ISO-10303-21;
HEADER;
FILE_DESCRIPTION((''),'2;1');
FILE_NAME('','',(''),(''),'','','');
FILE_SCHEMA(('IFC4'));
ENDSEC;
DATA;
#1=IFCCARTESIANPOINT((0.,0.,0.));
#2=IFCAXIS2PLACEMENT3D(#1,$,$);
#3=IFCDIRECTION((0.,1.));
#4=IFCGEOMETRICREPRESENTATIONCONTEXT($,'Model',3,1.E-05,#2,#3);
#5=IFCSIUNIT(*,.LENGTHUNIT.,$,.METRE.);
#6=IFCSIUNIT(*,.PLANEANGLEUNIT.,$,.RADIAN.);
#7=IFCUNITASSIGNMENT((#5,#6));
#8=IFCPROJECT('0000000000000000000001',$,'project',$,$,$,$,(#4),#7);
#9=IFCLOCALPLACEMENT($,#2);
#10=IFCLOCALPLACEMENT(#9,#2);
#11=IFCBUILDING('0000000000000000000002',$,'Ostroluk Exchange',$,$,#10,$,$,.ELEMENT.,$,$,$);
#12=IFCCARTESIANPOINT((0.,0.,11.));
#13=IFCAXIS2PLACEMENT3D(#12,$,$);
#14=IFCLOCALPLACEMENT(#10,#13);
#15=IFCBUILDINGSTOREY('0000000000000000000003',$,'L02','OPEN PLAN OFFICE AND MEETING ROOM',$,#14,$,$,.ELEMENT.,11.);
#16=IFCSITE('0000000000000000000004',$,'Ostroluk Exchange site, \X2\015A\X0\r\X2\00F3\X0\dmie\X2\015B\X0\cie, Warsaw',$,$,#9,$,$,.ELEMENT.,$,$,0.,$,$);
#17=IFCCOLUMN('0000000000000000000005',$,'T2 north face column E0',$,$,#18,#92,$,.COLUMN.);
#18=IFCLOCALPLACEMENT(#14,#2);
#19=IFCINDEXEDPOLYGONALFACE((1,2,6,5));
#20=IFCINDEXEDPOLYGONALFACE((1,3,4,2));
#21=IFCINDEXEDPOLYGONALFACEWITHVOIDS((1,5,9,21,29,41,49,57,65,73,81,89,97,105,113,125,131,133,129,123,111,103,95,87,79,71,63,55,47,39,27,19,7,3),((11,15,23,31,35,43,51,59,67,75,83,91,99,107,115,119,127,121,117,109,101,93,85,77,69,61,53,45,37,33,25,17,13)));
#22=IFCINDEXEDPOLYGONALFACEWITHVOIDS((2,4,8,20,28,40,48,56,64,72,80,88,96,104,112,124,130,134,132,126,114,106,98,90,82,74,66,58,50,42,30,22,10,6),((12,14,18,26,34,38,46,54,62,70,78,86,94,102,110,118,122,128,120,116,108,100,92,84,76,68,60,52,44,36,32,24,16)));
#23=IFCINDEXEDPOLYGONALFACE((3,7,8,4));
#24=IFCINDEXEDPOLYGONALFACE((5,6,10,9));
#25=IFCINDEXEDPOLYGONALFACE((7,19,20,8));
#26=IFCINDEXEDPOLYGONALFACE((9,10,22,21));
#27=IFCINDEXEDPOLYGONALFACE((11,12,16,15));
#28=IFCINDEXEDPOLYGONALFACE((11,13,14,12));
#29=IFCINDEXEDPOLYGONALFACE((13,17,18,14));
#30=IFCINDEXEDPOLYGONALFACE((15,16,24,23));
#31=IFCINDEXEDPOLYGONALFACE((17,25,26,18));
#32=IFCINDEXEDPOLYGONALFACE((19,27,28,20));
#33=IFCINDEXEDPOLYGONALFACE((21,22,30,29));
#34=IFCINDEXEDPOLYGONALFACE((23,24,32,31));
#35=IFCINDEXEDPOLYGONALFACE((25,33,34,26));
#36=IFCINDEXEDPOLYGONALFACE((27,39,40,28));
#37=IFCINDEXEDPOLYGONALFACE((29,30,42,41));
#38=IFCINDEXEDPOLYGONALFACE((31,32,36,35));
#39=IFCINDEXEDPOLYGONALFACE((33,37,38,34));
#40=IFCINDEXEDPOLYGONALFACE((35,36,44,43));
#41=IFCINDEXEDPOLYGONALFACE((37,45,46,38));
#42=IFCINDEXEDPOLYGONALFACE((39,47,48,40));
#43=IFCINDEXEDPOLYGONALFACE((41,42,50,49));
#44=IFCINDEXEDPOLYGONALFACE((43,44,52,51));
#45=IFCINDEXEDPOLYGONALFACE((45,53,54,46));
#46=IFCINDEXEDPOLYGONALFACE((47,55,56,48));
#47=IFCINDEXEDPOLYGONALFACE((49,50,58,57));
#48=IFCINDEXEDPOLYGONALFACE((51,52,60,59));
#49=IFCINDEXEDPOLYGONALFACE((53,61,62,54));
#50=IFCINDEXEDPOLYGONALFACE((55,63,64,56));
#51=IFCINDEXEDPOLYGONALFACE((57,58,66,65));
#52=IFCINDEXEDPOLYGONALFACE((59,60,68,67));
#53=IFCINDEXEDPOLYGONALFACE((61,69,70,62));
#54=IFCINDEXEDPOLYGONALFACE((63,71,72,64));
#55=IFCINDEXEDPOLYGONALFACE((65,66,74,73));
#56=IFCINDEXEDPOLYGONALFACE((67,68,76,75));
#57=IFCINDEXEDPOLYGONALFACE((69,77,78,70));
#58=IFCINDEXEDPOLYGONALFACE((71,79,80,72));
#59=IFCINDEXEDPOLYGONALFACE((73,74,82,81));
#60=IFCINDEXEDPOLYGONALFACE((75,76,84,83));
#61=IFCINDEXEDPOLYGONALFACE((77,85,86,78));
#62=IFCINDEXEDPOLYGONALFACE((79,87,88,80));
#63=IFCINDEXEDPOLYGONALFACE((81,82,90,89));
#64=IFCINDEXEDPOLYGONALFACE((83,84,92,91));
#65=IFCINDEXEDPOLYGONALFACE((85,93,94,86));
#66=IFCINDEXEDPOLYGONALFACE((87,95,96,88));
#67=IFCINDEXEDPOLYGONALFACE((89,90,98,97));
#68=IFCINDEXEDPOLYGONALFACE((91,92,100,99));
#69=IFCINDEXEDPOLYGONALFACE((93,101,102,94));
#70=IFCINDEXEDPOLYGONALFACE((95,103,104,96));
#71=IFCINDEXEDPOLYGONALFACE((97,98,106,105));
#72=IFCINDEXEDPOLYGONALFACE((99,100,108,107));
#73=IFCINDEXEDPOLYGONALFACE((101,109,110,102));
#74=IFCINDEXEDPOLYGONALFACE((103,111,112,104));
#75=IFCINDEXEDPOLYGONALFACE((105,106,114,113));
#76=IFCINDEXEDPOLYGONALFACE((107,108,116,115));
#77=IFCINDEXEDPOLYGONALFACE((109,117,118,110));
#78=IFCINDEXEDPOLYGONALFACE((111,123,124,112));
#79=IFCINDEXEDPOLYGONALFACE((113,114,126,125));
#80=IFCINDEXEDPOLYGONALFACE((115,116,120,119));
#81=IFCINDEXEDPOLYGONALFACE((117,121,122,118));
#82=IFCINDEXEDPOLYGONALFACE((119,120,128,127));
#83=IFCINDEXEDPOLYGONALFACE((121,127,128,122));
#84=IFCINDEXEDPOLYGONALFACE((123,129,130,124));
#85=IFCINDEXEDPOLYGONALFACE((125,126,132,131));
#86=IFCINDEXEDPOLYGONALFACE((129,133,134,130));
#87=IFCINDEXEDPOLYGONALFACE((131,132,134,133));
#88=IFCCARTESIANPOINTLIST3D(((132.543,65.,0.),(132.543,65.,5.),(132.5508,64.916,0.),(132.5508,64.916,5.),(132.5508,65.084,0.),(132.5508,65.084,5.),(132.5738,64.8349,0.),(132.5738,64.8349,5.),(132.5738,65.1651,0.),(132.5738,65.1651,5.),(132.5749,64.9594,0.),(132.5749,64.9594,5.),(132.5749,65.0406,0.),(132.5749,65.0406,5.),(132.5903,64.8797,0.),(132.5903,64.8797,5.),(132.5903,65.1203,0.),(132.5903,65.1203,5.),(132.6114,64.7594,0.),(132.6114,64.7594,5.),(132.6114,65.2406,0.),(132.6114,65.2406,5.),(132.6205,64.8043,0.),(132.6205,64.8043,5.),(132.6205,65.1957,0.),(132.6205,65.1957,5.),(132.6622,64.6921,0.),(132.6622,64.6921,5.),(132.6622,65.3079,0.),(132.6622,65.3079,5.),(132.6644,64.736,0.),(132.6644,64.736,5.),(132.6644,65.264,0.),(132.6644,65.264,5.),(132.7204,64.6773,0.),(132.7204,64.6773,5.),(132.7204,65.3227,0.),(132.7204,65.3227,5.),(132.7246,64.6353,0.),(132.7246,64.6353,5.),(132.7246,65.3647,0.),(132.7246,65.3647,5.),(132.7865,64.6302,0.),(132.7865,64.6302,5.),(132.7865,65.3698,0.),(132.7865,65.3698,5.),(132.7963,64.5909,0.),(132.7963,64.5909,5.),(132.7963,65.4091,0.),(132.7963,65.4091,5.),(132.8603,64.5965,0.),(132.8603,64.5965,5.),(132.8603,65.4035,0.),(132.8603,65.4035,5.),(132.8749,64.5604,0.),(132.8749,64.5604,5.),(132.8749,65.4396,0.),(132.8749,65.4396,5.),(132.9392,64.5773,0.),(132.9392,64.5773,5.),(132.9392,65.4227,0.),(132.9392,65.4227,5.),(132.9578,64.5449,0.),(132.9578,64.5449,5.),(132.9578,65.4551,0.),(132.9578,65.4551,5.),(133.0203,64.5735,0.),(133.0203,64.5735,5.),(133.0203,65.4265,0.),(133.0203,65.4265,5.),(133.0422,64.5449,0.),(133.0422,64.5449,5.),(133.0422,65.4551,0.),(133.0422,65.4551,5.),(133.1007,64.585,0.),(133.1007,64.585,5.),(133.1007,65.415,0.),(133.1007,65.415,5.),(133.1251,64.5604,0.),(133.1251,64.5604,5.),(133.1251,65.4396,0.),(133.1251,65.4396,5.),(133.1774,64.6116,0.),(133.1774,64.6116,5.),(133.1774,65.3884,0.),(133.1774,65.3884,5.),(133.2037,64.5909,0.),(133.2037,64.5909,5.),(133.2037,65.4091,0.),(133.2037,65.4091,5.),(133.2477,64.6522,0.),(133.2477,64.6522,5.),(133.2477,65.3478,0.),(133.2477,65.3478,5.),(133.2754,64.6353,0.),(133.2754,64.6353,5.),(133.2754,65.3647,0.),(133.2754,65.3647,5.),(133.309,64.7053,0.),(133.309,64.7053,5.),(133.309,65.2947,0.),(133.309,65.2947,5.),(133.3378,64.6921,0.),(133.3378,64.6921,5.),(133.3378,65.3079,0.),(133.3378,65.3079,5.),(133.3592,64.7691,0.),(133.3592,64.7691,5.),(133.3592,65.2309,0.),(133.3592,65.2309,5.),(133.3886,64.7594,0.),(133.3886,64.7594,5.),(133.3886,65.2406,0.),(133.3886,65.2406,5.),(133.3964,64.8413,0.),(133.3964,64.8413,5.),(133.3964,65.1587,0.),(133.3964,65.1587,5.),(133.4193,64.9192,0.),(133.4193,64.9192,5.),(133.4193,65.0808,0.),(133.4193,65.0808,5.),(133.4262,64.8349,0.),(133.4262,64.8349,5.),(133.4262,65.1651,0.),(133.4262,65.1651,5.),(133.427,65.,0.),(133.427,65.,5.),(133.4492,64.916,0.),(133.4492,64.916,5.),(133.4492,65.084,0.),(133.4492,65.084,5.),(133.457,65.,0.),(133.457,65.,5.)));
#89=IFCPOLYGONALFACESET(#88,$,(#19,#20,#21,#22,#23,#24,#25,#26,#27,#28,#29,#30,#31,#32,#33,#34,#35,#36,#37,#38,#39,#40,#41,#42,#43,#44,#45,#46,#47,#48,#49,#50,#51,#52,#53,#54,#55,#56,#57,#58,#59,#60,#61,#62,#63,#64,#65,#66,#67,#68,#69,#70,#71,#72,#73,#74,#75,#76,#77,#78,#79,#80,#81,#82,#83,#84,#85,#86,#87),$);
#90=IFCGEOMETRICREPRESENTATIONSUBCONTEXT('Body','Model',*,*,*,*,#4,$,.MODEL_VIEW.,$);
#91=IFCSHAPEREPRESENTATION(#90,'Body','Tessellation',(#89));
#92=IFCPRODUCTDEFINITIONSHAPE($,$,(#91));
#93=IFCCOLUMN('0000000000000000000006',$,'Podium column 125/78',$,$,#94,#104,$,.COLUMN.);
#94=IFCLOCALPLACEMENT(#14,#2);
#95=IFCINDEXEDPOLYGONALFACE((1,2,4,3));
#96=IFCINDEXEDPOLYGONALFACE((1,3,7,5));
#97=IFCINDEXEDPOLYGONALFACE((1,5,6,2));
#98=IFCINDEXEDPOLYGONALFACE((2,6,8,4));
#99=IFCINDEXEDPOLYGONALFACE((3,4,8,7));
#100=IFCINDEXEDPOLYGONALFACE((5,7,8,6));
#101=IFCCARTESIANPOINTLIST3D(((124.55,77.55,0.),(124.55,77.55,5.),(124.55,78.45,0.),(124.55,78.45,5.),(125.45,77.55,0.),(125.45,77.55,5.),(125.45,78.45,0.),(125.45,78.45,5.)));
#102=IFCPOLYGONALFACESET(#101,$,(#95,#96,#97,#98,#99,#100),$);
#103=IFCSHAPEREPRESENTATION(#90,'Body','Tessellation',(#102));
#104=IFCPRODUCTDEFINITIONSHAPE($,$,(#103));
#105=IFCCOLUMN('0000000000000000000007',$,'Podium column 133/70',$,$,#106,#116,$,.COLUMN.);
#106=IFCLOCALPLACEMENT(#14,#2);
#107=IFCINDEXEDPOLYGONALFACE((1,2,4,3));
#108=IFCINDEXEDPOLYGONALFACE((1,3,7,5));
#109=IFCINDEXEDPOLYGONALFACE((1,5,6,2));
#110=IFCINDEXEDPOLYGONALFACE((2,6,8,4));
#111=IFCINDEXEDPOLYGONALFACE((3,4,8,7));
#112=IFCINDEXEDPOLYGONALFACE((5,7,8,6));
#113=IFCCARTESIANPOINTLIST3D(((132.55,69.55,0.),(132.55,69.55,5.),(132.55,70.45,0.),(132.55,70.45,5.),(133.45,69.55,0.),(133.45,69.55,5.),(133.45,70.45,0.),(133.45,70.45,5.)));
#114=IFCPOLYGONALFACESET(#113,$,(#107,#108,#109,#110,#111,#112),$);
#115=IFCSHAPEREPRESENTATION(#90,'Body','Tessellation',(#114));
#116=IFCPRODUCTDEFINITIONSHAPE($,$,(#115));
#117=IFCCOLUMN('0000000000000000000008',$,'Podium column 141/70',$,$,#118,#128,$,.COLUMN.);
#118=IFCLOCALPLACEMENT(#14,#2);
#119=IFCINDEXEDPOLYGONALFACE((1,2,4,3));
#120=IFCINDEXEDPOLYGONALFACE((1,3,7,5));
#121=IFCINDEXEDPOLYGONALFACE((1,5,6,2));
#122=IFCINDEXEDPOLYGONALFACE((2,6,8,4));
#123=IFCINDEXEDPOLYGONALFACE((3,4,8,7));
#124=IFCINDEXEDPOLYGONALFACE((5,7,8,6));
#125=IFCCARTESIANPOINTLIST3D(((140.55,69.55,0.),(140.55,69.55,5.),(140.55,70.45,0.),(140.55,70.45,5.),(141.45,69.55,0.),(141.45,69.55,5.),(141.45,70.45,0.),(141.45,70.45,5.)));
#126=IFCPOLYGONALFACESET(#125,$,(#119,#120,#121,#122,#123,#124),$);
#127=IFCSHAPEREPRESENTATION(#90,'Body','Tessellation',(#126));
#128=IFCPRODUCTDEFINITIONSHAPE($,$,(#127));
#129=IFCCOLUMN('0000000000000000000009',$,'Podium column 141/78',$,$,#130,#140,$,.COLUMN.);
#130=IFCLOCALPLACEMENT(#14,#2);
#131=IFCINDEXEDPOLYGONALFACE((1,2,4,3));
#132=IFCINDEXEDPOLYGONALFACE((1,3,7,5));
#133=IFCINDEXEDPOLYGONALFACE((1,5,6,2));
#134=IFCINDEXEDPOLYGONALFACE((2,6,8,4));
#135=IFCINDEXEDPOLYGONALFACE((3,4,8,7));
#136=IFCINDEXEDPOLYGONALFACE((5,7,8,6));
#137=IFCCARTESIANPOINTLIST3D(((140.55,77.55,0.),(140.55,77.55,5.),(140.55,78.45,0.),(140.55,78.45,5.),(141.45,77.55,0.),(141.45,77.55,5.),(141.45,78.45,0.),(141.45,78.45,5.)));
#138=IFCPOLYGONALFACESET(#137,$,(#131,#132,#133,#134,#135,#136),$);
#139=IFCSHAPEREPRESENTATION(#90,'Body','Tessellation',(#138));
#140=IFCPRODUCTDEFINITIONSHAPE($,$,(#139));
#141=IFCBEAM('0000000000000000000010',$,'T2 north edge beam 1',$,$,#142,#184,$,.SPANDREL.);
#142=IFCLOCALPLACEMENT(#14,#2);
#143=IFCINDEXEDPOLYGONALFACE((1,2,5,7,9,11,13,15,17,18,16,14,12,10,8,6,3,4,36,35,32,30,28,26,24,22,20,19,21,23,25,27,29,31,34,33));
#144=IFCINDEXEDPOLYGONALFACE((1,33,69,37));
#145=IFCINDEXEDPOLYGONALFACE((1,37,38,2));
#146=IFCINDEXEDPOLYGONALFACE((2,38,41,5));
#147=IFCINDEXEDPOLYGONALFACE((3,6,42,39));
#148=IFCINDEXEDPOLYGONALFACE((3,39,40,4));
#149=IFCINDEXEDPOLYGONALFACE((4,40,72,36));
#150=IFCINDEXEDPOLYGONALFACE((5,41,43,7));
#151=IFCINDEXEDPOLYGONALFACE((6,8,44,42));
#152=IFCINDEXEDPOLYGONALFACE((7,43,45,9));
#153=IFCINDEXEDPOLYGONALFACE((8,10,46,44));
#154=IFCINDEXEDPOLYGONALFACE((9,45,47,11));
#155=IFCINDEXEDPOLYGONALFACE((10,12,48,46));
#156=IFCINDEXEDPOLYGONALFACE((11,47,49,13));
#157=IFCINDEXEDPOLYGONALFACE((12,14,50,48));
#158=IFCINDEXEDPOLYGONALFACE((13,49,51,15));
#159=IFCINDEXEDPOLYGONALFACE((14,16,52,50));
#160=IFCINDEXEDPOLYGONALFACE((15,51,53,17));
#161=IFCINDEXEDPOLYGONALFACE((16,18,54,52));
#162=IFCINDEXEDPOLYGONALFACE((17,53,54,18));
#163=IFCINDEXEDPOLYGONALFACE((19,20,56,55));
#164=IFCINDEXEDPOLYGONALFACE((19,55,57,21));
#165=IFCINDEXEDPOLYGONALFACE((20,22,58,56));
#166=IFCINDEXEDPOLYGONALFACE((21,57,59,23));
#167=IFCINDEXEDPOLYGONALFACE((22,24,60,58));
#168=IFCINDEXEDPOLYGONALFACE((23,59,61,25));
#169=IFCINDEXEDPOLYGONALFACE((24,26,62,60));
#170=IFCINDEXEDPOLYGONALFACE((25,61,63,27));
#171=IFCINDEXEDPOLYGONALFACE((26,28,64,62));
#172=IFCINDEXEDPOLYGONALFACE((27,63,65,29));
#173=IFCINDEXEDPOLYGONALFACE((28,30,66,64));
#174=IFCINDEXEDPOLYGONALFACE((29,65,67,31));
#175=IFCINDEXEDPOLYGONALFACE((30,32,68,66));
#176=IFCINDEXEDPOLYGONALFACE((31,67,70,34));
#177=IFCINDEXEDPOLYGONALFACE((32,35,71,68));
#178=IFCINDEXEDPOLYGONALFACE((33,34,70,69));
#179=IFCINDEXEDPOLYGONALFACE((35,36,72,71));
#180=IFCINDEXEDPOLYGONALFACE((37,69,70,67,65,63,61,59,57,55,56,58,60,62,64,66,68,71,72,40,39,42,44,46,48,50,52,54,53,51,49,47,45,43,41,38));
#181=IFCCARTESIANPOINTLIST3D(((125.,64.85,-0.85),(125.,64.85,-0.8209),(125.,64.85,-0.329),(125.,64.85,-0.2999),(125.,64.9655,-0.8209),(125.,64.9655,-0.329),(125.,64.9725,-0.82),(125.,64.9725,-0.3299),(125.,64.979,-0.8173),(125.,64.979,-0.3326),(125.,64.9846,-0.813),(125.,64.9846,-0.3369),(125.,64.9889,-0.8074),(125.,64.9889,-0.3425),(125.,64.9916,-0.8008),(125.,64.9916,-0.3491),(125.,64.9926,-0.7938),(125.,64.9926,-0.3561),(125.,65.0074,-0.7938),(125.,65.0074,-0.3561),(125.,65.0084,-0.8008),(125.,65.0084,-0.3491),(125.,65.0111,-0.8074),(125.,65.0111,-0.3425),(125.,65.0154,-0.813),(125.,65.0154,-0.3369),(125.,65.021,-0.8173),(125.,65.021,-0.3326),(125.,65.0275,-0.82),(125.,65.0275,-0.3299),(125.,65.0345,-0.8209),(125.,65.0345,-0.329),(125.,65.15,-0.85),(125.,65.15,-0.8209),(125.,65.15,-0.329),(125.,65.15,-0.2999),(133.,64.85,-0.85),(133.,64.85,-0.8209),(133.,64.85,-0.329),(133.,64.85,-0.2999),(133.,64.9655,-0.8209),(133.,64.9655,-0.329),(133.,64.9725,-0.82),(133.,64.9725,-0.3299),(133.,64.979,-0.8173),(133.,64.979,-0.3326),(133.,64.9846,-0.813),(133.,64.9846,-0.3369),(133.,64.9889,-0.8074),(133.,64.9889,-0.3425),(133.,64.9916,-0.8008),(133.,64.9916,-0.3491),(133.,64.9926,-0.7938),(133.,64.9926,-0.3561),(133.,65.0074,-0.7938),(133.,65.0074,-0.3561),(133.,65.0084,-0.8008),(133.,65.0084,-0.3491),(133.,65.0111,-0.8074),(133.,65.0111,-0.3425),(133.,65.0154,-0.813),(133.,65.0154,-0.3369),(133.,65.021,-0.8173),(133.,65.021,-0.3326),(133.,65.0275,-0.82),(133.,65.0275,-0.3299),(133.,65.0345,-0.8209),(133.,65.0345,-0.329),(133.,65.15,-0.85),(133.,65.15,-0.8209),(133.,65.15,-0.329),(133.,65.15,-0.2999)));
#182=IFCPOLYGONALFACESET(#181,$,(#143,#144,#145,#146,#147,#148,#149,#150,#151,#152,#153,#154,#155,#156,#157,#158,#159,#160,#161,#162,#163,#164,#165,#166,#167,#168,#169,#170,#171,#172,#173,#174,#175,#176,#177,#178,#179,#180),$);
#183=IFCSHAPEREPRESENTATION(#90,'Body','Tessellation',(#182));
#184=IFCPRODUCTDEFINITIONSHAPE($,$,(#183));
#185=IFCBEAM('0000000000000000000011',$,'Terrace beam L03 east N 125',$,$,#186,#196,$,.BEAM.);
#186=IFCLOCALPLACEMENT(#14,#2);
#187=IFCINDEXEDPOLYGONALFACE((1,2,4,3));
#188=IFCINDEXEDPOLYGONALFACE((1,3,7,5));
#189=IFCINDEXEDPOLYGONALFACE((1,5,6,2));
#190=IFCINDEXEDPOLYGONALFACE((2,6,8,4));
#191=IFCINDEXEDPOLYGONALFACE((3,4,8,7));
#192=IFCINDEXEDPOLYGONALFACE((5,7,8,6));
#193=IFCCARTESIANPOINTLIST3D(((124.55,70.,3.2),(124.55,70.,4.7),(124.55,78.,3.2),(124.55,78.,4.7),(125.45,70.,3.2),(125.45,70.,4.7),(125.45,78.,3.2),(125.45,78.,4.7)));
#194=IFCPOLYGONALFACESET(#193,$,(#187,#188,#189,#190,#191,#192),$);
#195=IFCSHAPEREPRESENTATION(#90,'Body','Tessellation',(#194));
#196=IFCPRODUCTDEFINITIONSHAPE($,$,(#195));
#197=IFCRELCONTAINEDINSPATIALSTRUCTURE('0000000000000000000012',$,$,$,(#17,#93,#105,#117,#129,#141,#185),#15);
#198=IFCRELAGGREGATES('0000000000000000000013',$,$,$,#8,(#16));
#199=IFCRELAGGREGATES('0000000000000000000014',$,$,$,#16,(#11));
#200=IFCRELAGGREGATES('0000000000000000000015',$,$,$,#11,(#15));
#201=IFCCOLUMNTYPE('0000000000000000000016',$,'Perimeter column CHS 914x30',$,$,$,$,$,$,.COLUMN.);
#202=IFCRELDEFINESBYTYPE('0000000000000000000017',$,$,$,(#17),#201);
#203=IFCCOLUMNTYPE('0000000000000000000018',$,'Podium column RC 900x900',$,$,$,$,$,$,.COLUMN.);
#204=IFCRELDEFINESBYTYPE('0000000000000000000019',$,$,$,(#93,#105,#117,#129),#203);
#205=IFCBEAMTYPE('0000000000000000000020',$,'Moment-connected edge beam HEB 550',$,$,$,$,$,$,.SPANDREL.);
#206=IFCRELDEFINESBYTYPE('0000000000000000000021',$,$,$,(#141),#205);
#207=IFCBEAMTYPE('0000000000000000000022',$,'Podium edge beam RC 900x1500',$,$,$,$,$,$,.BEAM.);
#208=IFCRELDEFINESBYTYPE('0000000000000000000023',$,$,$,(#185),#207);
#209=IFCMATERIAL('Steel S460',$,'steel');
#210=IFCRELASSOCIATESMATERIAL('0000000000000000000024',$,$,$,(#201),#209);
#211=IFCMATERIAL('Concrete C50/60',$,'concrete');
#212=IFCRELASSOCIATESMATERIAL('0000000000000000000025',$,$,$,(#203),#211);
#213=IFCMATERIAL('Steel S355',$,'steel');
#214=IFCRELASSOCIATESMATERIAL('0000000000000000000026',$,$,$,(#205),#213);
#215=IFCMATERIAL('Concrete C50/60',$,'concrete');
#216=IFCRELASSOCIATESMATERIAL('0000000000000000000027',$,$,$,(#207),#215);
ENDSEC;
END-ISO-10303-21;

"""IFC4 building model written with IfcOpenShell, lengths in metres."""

from ifc_helpers import new_model, si_unit, direction, frame, origin, origin_2d, place, context, subcontext, project, spatial, rectangle, hollow_circle, i_section, extrude, material, material_profile, profile_set, type_object, element, save


model = new_model("IFC4")

# Units and contexts
model_context = context("Model", 3, precision=1e-05, world=origin(), true_north=direction((0.0, 1.0)))
body_context = subcontext(model_context, "Body", "Model", "MODEL_VIEW")
ifc_project = project(units=[si_unit("LENGTHUNIT", "METRE"), si_unit("PLANEANGLEUNIT", "RADIAN")], contexts=[model_context])

# Site, building, storey
site_placement = place(None, origin())
site = spatial("IfcSite", under=ifc_project, at=site_placement, Name="Ostroluk Exchange site, Śródmieście, Warsaw", CompositionType="ELEMENT", RefElevation=0.0)
building_placement = place(site_placement, origin())
building = spatial("IfcBuilding", under=site, at=building_placement, Name="Ostroluk Exchange", CompositionType="ELEMENT")
storey_placement = place(building_placement, frame((0.0, 0.0, 11.0)))
storey = spatial("IfcBuildingStorey", under=building, at=storey_placement, Name="L02", Description="OPEN PLAN OFFICE AND MEETING ROOM", CompositionType="ELEMENT", Elevation=11.0)

# Columns
ifc_material_1 = material(Name="Steel S460", Category="steel")
ifc_material_profile_1 = material_profile(ifc_material_1, hollow_circle(Radius=0.457, WallThickness=0.03, at=origin_2d()), Name="CHS 914x30")
ifc_profile_set_1 = profile_set([ifc_material_profile_1], Name="Steel S460")
column_type_1 = type_object("IfcColumnType", Name="Perimeter column CHS 914x30", PredefinedType="COLUMN", material=ifc_profile_set_1)
column_placement = place(storey_placement, frame((133.0, 65.0, 0.0), z_axis=(0.0, 0.0, 1.0), x_axis=(1.0, 0.0, 0.0)))
element("IfcColumn", 1, at=column_placement, inside=storey, type_object=column_type_1, Name="T2 north face column E0", PredefinedType="COLUMN", context=body_context, shape_type="SweptSolid", body=[
    extrude(hollow_circle(Radius=0.457, WallThickness=0.03, at=origin_2d()), origin(), (0.0, 0.0, 1.0), 5.0),
])
ifc_material_2 = material(Name="Concrete C50/60", Category="concrete")
ifc_material_profile_2 = material_profile(ifc_material_2, rectangle(XDim=0.8999, YDim=0.8999, at=origin_2d()), Name="RC 900x900")
ifc_profile_set_2 = profile_set([ifc_material_profile_2], Name="Concrete C50/60")
column_type_2 = type_object("IfcColumnType", Name="Podium column RC 900x900", PredefinedType="COLUMN", material=ifc_profile_set_2)
for number, where, z_axis, x_axis, name in (
    (2, (125.0, 78.0, 0.0), (0.0, 0.0, 1.0), (1.0, 0.0, 0.0), "Podium column 125/78"),
    (3, (133.0, 70.0, 0.0), (0.0, 0.0, 1.0), (1.0, 0.0, 0.0), "Podium column 133/70"),
    (4, (141.0, 70.0, 0.0), (0.0, 0.0, 1.0), (1.0, 0.0, 0.0), "Podium column 141/70"),
    (5, (141.0, 78.0, 0.0), (0.0, 0.0, 1.0), (1.0, 0.0, 0.0), "Podium column 141/78"),
):
    element("IfcColumn", number, at=place(storey_placement, frame(where, z_axis=z_axis, x_axis=x_axis)), inside=storey, type_object=column_type_2, Name=name, PredefinedType="COLUMN", context=body_context, shape_type="SweptSolid", body=[
        extrude(rectangle(XDim=0.8999, YDim=0.8999, at=origin_2d()), origin(), (0.0, 0.0, 1.0), 5.0),
    ])

# Beams
ifc_material_3 = material(Name="Steel S355", Category="steel")
ifc_material_profile_3 = material_profile(ifc_material_3, i_section(OverallWidth=0.3, OverallDepth=0.55, WebThickness=0.0149, FlangeThickness=0.0291, FilletRadius=0.0271, at=origin_2d()), Name="HEB 550")
ifc_profile_set_3 = profile_set([ifc_material_profile_3], Name="Steel S355")
beam_type_1 = type_object("IfcBeamType", Name="Moment-connected edge beam HEB 550", PredefinedType="SPANDREL", material=ifc_profile_set_3)
beam_placement = place(storey_placement, frame((133.0, 65.0, -0.575), z_axis=(-1.0, 0.0, 0.0), x_axis=(0.0, -1.0, 0.0)))
element("IfcBeam", 6, at=beam_placement, inside=storey, type_object=beam_type_1, Name="T2 north edge beam 1", PredefinedType="SPANDREL", context=body_context, shape_type="SweptSolid", body=[
    extrude(i_section(OverallWidth=0.3, OverallDepth=0.55, WebThickness=0.0149, FlangeThickness=0.0291, FilletRadius=0.0271, at=origin_2d()), origin(), (0.0, 0.0, 1.0), 8.0),
])
ifc_material_4 = material(Name="Concrete C50/60", Category="concrete")
ifc_material_profile_4 = material_profile(ifc_material_4, rectangle(XDim=0.8999, YDim=1.5, at=origin_2d()), Name="RC 900x1500")
ifc_profile_set_4 = profile_set([ifc_material_profile_4], Name="Concrete C50/60")
beam_type_2 = type_object("IfcBeamType", Name="Podium edge beam RC 900x1500", PredefinedType="BEAM", material=ifc_profile_set_4)
for number, where, z_axis, x_axis, name in (
    (7, (125.0, 78.0, 3.95), (0.0, -1.0, 0.0), (1.0, 0.0, 0.0), "Terrace beam L03 east N 125"),
):
    element("IfcBeam", number, at=place(storey_placement, frame(where, z_axis=z_axis, x_axis=x_axis)), inside=storey, type_object=beam_type_2, Name=name, PredefinedType="BEAM", context=body_context, shape_type="SweptSolid", body=[
        extrude(rectangle(XDim=0.8999, YDim=1.5, at=origin_2d()), origin(), (0.0, 0.0, 1.0), 8.0),
    ])

save(model, "model.ifc")
